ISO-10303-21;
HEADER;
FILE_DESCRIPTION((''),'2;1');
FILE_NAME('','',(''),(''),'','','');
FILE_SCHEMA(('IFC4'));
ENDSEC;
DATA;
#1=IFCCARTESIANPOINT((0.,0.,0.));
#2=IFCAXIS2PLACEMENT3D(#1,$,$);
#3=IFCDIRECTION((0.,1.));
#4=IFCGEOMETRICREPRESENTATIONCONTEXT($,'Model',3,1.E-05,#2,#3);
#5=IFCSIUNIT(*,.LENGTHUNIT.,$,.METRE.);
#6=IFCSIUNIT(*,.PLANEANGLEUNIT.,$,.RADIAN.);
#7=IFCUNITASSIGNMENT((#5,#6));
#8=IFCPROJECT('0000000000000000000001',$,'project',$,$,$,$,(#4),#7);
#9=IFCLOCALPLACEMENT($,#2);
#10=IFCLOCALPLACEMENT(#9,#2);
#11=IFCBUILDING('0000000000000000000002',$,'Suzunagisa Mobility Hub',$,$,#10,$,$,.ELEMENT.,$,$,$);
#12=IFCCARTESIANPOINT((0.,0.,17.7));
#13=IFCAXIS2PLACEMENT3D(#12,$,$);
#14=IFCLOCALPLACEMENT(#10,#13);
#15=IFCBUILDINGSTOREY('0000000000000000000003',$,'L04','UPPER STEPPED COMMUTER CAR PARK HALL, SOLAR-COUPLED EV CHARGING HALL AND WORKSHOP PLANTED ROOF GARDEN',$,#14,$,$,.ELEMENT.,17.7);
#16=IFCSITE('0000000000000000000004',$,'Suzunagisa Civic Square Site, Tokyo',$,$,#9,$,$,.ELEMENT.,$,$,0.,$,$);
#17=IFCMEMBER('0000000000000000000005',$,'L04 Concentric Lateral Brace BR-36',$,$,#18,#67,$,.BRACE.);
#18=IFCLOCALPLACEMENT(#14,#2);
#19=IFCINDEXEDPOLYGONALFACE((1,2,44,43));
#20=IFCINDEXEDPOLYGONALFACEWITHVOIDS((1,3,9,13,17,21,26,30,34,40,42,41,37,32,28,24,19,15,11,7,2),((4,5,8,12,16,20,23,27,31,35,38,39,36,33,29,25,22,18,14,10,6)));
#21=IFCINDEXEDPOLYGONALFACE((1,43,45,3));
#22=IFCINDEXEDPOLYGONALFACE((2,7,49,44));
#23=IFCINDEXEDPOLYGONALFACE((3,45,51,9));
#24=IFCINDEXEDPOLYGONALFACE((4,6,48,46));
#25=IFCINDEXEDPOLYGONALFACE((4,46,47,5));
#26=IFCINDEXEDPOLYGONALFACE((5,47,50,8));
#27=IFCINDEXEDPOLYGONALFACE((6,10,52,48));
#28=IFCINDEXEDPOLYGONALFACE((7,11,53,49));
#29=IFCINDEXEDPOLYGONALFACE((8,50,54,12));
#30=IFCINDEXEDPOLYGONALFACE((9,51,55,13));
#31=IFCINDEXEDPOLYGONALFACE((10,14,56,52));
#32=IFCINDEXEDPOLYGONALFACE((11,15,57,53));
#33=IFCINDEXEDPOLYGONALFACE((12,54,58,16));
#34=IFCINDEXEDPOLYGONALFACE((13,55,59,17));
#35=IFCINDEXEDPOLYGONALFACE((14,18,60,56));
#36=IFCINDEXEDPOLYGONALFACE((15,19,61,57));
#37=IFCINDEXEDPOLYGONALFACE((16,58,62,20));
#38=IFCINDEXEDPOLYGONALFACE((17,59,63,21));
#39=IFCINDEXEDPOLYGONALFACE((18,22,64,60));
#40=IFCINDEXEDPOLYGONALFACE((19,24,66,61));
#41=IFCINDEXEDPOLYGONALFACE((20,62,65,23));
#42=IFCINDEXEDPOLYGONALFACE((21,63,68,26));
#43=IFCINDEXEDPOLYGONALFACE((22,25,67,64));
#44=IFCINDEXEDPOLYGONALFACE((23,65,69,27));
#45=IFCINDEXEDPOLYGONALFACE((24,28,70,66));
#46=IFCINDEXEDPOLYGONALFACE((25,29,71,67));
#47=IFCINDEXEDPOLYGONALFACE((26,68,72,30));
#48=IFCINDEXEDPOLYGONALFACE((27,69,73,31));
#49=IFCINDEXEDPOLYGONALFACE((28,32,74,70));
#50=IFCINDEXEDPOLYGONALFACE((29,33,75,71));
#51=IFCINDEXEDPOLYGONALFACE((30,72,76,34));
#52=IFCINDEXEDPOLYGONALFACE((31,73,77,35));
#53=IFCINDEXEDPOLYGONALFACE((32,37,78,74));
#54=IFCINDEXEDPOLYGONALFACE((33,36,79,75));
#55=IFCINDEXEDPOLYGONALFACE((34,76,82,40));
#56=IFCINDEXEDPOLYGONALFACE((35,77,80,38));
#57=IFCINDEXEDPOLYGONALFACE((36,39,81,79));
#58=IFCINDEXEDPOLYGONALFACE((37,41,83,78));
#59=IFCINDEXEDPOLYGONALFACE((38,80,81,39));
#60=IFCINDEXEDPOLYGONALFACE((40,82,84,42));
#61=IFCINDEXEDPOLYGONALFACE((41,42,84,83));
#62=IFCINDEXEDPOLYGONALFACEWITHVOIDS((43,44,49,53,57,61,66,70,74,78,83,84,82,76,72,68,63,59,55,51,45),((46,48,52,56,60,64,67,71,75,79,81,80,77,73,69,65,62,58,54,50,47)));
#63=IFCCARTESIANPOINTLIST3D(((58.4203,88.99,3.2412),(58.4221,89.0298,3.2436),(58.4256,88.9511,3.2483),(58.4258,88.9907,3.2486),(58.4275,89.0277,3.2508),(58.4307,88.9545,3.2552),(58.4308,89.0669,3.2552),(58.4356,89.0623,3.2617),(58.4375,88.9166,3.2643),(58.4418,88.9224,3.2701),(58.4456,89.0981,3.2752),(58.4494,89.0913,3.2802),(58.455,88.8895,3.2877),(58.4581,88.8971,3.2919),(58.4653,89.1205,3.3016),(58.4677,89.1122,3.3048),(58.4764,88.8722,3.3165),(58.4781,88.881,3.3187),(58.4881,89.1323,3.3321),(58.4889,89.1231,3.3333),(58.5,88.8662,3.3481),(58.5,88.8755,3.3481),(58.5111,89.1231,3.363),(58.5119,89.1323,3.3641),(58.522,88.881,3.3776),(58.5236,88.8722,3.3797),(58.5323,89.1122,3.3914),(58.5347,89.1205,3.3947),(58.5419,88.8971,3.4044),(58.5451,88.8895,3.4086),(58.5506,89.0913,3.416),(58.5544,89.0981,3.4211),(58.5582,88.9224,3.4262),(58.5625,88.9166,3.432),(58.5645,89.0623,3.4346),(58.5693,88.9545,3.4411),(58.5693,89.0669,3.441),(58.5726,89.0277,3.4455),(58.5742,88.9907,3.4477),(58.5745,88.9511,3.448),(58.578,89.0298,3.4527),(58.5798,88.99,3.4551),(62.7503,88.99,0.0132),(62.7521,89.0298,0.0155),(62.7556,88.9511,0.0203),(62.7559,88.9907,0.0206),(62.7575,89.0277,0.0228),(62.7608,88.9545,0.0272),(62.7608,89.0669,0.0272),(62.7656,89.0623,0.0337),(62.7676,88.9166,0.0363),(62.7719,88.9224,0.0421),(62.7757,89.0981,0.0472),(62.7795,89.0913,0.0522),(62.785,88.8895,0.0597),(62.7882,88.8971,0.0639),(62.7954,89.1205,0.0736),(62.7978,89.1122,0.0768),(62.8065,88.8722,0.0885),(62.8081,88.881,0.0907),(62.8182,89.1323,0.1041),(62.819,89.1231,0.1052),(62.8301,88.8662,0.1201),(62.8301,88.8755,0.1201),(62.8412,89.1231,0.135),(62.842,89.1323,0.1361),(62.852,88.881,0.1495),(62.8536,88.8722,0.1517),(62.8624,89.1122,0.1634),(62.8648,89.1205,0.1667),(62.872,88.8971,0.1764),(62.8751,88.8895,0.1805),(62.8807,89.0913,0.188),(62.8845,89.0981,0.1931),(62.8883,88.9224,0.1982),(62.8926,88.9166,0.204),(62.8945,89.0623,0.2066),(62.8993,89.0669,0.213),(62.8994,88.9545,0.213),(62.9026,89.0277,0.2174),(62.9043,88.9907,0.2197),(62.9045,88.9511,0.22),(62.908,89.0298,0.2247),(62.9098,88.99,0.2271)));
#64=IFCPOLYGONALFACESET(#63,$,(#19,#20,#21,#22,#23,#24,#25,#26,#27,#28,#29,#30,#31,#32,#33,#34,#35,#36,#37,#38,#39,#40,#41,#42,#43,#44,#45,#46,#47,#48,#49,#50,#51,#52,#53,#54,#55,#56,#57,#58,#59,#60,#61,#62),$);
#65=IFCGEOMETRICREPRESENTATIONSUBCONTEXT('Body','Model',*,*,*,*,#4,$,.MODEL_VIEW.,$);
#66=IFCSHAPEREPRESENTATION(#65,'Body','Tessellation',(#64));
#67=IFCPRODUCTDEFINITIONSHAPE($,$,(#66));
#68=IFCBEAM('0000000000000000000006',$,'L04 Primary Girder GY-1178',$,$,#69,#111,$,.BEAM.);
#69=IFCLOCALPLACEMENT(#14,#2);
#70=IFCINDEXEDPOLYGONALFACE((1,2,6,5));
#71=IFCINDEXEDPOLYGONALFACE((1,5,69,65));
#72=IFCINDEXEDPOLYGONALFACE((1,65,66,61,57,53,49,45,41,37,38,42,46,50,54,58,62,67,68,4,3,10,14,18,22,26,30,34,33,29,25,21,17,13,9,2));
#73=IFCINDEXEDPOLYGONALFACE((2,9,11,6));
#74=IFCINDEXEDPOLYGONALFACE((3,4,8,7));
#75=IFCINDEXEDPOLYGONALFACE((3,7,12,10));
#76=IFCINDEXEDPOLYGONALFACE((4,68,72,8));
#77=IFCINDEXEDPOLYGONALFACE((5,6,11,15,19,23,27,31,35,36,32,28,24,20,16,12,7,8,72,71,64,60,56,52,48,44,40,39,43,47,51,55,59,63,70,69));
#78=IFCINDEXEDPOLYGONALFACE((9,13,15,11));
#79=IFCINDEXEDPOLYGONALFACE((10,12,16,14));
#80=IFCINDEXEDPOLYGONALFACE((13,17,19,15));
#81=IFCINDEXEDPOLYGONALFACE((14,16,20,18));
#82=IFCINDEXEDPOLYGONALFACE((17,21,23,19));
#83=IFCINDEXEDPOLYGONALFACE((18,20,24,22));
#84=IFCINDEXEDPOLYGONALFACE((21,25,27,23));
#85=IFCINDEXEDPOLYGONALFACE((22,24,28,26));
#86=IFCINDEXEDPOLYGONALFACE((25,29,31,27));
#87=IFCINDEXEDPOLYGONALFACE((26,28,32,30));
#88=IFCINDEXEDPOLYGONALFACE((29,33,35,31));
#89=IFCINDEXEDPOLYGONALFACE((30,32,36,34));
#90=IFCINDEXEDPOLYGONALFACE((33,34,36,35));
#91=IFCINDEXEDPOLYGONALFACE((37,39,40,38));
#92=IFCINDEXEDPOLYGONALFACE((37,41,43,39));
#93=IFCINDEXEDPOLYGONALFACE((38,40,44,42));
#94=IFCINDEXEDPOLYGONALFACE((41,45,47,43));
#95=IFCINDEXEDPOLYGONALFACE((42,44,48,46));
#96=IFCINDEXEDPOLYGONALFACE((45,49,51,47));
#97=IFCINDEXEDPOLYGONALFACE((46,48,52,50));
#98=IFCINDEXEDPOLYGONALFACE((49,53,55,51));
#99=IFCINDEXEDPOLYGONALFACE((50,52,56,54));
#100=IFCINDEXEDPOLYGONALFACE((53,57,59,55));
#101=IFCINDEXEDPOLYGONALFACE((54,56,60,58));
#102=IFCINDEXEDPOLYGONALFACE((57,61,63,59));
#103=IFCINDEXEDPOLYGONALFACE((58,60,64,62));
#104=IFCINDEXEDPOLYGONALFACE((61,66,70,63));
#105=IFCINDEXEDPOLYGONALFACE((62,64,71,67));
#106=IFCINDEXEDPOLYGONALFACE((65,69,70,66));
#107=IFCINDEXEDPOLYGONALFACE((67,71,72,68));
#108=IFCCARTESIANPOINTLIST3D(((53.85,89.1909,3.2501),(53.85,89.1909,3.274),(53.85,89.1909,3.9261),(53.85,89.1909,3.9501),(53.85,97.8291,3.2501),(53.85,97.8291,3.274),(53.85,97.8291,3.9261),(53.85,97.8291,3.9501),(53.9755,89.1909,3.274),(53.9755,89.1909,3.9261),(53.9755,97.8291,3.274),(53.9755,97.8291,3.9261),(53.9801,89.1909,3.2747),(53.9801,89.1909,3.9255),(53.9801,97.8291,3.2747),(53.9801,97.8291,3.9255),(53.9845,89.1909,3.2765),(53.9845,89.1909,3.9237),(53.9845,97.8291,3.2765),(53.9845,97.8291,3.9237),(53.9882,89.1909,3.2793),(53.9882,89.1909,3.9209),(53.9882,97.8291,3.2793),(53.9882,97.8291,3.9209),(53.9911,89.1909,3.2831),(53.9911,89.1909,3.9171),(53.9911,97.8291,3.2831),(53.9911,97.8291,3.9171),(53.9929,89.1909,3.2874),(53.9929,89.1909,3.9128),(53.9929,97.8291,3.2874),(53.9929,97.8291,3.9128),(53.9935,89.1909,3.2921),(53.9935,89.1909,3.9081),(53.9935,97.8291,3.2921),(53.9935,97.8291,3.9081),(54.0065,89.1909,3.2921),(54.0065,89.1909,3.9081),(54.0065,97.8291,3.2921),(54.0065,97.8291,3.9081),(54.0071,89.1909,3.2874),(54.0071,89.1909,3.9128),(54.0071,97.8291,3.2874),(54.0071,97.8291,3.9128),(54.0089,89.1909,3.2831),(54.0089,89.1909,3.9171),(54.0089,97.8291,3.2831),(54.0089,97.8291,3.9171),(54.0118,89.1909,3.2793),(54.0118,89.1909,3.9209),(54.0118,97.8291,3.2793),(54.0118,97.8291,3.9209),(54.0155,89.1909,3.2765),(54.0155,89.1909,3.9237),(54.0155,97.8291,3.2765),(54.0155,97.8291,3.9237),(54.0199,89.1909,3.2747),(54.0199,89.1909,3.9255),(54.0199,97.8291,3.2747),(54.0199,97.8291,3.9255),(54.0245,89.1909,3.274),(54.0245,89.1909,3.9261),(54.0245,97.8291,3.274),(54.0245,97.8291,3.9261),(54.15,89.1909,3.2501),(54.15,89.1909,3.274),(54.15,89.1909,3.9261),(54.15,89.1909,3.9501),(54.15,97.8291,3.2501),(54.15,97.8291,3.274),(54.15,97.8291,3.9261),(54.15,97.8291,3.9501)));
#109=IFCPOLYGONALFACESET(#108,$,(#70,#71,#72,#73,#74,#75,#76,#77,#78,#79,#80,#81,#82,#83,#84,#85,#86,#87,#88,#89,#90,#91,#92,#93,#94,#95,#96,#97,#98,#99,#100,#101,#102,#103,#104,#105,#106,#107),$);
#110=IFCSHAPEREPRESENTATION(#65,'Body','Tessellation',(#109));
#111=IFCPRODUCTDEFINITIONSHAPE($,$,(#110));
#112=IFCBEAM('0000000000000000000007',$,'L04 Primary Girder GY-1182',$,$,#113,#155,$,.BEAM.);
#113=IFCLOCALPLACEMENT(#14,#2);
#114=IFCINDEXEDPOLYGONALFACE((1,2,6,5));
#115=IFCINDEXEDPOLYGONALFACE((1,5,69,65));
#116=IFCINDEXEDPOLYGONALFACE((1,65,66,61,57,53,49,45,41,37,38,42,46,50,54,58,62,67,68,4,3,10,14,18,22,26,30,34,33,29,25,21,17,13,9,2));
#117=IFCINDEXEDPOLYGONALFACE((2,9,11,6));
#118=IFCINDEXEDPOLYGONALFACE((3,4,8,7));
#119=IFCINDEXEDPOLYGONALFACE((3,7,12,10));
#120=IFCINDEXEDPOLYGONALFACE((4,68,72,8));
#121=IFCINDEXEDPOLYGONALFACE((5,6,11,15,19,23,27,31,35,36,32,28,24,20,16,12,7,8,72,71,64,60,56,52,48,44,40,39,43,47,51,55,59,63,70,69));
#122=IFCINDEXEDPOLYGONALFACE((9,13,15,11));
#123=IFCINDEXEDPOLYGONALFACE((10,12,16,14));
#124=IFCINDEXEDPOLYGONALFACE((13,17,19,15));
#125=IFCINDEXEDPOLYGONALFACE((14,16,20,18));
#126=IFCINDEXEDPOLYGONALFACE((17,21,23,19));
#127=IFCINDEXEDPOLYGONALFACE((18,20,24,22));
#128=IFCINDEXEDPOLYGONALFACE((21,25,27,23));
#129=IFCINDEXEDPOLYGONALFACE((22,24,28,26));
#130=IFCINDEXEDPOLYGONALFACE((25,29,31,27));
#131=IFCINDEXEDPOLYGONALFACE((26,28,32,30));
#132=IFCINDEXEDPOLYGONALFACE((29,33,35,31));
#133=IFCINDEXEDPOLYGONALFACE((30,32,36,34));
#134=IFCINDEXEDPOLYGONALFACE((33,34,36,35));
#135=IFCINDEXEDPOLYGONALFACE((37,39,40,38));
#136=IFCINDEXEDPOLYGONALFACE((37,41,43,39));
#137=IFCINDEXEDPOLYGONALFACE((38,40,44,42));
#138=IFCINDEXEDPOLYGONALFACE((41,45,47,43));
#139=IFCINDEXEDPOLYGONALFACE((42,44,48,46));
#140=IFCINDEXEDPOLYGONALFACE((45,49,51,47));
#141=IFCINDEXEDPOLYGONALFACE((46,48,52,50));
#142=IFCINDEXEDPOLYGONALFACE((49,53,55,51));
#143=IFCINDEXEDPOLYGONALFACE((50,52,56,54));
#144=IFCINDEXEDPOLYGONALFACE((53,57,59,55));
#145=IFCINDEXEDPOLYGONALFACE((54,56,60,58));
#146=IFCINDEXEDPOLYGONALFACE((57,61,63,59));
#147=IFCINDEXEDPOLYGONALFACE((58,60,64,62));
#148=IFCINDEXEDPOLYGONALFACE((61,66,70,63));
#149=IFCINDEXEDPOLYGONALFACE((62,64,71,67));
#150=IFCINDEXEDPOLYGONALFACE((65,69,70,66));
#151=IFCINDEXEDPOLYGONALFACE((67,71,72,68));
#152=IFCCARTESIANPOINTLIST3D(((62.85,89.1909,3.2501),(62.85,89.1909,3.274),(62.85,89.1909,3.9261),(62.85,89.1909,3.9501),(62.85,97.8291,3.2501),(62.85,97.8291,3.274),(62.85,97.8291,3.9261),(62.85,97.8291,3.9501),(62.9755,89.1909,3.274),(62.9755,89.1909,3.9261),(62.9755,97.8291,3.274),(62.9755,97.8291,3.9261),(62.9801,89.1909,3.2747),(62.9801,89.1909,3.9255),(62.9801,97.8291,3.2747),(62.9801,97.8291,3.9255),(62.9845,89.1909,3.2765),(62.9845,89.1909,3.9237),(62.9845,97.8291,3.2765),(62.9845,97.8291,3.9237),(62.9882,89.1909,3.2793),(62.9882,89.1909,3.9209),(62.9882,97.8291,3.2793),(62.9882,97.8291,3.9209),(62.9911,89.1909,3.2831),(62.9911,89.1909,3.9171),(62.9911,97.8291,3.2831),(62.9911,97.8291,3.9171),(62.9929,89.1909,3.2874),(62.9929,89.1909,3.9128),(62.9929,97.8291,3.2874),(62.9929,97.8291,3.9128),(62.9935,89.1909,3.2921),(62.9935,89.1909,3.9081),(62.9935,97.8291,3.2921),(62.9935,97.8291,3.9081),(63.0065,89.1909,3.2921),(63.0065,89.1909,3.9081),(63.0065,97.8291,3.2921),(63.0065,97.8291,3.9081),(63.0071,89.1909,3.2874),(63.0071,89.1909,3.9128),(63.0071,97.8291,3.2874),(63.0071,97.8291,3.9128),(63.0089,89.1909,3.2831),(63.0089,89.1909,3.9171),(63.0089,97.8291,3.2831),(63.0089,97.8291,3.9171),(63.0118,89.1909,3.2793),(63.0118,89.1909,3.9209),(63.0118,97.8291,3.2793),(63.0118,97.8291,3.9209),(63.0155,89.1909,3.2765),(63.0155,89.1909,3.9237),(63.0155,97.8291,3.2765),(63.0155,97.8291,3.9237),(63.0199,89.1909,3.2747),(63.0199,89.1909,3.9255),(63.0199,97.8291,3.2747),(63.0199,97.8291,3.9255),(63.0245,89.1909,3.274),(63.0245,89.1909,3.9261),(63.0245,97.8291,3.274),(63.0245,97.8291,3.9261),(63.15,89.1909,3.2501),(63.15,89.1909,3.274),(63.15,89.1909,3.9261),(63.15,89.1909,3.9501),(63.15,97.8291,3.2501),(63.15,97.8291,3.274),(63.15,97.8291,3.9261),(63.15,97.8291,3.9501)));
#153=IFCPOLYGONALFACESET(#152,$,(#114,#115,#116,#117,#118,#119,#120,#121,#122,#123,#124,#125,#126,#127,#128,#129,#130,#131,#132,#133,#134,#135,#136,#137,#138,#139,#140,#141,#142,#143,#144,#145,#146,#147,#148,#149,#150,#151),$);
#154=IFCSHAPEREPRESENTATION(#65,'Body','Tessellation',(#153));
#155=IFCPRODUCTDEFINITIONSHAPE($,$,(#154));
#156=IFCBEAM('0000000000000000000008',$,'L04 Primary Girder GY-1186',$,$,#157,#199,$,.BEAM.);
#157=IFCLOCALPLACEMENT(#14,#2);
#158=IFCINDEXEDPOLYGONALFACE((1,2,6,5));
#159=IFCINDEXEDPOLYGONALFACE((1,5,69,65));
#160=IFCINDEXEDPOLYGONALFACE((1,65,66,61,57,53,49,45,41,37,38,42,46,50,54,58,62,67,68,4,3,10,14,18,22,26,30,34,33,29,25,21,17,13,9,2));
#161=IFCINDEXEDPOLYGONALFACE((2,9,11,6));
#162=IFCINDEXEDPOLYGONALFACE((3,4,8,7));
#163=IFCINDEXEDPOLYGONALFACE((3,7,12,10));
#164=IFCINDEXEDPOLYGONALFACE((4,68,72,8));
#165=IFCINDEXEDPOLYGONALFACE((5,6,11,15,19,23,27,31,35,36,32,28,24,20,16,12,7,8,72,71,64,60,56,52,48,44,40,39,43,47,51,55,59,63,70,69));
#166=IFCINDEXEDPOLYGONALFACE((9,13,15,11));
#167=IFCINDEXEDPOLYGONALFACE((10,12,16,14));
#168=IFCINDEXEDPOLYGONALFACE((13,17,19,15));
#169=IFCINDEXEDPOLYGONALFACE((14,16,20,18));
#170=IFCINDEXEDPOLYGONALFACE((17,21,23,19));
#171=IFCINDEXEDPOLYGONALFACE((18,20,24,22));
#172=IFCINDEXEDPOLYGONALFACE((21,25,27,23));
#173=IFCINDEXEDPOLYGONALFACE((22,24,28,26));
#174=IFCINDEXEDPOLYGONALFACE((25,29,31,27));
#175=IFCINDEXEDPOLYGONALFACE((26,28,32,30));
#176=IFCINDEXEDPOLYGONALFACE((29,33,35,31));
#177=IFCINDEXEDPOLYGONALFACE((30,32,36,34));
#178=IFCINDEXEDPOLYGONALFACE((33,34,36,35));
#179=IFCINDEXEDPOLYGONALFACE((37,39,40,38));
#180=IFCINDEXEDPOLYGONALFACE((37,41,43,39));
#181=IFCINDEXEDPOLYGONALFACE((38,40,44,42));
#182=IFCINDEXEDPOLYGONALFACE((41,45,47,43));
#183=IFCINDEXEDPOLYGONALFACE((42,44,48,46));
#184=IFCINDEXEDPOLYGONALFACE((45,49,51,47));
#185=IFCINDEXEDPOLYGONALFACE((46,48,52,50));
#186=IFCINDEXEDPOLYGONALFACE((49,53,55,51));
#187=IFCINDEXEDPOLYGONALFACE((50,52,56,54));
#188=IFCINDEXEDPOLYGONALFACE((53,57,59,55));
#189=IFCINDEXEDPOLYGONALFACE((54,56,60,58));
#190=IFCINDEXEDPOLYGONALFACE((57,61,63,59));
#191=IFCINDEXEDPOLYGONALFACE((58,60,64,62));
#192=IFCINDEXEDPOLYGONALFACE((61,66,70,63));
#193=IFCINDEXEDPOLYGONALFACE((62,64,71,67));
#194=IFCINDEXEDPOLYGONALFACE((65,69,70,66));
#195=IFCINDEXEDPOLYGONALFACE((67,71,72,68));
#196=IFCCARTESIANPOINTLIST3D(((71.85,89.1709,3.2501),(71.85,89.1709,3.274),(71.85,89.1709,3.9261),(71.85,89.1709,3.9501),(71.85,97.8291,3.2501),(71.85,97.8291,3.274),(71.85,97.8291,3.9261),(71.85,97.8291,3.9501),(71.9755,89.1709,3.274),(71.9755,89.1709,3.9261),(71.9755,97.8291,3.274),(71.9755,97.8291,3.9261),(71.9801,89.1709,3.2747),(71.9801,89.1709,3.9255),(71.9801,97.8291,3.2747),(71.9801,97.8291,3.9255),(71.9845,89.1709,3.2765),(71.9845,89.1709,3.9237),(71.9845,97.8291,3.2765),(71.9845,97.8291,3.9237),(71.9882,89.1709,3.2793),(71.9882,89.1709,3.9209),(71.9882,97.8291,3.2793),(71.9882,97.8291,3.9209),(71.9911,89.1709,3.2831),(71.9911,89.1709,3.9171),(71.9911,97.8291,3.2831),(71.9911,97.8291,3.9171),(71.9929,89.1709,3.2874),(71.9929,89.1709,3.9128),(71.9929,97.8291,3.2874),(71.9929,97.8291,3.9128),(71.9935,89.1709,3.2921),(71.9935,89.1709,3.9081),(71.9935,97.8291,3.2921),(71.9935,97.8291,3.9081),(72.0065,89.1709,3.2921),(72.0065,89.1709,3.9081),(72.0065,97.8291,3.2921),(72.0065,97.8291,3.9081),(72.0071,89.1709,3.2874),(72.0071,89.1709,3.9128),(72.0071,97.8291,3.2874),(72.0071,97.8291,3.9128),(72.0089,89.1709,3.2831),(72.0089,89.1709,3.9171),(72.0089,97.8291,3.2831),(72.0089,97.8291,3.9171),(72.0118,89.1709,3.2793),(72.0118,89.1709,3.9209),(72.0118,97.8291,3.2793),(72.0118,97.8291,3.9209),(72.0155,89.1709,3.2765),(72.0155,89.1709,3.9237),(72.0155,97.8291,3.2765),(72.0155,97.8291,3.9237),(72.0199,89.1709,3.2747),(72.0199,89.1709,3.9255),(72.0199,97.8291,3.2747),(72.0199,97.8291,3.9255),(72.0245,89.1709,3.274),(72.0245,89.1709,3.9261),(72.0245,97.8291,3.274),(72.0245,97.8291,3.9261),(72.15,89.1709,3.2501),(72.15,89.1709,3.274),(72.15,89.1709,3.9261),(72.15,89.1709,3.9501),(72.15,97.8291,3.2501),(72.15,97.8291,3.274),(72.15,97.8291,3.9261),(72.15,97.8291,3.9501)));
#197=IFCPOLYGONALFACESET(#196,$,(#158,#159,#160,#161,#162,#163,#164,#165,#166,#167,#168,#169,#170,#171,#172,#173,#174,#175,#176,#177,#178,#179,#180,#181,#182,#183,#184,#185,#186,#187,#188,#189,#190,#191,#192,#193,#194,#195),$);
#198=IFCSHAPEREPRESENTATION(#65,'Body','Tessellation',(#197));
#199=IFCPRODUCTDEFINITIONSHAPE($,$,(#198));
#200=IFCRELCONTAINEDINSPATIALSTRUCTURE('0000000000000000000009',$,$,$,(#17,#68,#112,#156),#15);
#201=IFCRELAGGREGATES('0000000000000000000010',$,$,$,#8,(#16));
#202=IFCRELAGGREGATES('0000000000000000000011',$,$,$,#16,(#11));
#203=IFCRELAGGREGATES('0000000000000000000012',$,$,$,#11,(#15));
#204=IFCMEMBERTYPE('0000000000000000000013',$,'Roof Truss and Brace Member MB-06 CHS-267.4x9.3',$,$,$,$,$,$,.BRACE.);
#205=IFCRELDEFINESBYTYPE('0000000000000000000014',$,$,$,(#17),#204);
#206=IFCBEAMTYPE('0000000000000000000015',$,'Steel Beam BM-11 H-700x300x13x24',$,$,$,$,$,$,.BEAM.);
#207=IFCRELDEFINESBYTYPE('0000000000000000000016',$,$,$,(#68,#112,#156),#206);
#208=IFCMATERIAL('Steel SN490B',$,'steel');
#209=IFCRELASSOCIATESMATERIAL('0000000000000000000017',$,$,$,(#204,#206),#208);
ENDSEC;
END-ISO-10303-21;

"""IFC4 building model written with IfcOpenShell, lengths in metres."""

from ifc_helpers import new_model, si_unit, direction, frame, origin, origin_2d, place, context, subcontext, project, spatial, hollow_circle, i_section, extrude, material, material_profile, profile_set, type_object, element, save


model = new_model("IFC4")

# Units and contexts
model_context = context("Model", 3, precision=1e-05, world=origin(), true_north=direction((0.0, 1.0)))
body_context = subcontext(model_context, "Body", "Model", "MODEL_VIEW")
ifc_project = project(units=[si_unit("LENGTHUNIT", "METRE"), si_unit("PLANEANGLEUNIT", "RADIAN")], contexts=[model_context])

# Site, building, storey
site_placement = place(None, origin())
site = spatial("IfcSite", under=ifc_project, at=site_placement, Name="Suzunagisa Civic Square Site, Tokyo", CompositionType="ELEMENT", RefElevation=0.0)
building_placement = place(site_placement, origin())
building = spatial("IfcBuilding", under=site, at=building_placement, Name="Suzunagisa Mobility Hub", CompositionType="ELEMENT")
storey_placement = place(building_placement, frame((0.0, 0.0, 17.7)))
storey = spatial("IfcBuildingStorey", under=building, at=storey_placement, Name="L04", Description="UPPER STEPPED COMMUTER CAR PARK HALL, SOLAR-COUPLED EV CHARGING HALL AND WORKSHOP PLANTED ROOF GARDEN", CompositionType="ELEMENT", Elevation=17.7)

# Shared definitions
ifc_material_1 = material(Name="Steel SN490B", Category="steel")

# Member
ifc_material_profile_1 = material_profile(ifc_material_1, hollow_circle(Radius=0.1338, WallThickness=0.0093, at=origin_2d()), Name="CHS-267.4x9.3")
ifc_profile_set_1 = profile_set([ifc_material_profile_1], Name="Steel SN490B")
member_type = type_object("IfcMemberType", Name="Roof Truss and Brace Member MB-06 CHS-267.4x9.3", PredefinedType="BRACE", material=ifc_profile_set_1)
for number, where, z_axis, x_axis, name in (
    (1, (62.8301, 89.0, 0.1201), (-0.801732, 0.0, 0.597683), (0.0, -1.0, 0.0), "L04 Concentric Lateral Brace BR-36"),
):
    element("IfcMember", number, at=place(storey_placement, frame(where, z_axis=z_axis, x_axis=x_axis)), inside=storey, type_object=member_type, Name=name, PredefinedType="BRACE", context=body_context, shape_type="SweptSolid", body=[
        extrude(hollow_circle(Radius=0.1338, WallThickness=0.0093, at=origin_2d()), origin(), (0.0, 0.0, 1.0), 5.4009),
    ])

# Beams
ifc_material_profile_2 = material_profile(ifc_material_1, i_section(OverallWidth=0.3, OverallDepth=0.7, WebThickness=0.0129, FlangeThickness=0.0239, FilletRadius=0.0181, at=origin_2d()), Name="H-700x300x13x24")
ifc_profile_set_2 = profile_set([ifc_material_profile_2], Name="Steel SN490B")
beam_type_1 = type_object("IfcBeamType", Name="Steel Beam BM-11 H-700x300x13x24", PredefinedType="BEAM", material=ifc_profile_set_2)
for number, where, z_axis, x_axis, name in (
    (2, (54.0, 89.1909, 3.6001), (0.0, 1.0, 0.0), (-1.0, 0.0, 0.0), "L04 Primary Girder GY-1178"),
    (3, (63.0, 89.1909, 3.6001), (0.0, 1.0, 0.0), (-1.0, 0.0, 0.0), "L04 Primary Girder GY-1182"),
):
    element("IfcBeam", number, at=place(storey_placement, frame(where, z_axis=z_axis, x_axis=x_axis)), inside=storey, type_object=beam_type_1, Name=name, PredefinedType="BEAM", context=body_context, shape_type="SweptSolid", body=[
        extrude(i_section(OverallWidth=0.3, OverallDepth=0.7, WebThickness=0.0129, FlangeThickness=0.0239, FilletRadius=0.0181, at=origin_2d()), origin(), (0.0, 0.0, 1.0), 8.6382),
    ])
beam_1_placement = place(storey_placement, frame((72.0, 89.1709, 3.6001), z_axis=(0.0, 1.0, 0.0), x_axis=(-1.0, 0.0, 0.0)))
element("IfcBeam", 4, at=beam_1_placement, inside=storey, type_object=beam_type_1, Name="L04 Primary Girder GY-1186", PredefinedType="BEAM", context=body_context, shape_type="SweptSolid", body=[
    extrude(i_section(OverallWidth=0.3, OverallDepth=0.7, WebThickness=0.0129, FlangeThickness=0.0239, FilletRadius=0.0181, at=origin_2d()), origin(), (0.0, 0.0, 1.0), 8.6582),
])

save(model, "model.ifc")
